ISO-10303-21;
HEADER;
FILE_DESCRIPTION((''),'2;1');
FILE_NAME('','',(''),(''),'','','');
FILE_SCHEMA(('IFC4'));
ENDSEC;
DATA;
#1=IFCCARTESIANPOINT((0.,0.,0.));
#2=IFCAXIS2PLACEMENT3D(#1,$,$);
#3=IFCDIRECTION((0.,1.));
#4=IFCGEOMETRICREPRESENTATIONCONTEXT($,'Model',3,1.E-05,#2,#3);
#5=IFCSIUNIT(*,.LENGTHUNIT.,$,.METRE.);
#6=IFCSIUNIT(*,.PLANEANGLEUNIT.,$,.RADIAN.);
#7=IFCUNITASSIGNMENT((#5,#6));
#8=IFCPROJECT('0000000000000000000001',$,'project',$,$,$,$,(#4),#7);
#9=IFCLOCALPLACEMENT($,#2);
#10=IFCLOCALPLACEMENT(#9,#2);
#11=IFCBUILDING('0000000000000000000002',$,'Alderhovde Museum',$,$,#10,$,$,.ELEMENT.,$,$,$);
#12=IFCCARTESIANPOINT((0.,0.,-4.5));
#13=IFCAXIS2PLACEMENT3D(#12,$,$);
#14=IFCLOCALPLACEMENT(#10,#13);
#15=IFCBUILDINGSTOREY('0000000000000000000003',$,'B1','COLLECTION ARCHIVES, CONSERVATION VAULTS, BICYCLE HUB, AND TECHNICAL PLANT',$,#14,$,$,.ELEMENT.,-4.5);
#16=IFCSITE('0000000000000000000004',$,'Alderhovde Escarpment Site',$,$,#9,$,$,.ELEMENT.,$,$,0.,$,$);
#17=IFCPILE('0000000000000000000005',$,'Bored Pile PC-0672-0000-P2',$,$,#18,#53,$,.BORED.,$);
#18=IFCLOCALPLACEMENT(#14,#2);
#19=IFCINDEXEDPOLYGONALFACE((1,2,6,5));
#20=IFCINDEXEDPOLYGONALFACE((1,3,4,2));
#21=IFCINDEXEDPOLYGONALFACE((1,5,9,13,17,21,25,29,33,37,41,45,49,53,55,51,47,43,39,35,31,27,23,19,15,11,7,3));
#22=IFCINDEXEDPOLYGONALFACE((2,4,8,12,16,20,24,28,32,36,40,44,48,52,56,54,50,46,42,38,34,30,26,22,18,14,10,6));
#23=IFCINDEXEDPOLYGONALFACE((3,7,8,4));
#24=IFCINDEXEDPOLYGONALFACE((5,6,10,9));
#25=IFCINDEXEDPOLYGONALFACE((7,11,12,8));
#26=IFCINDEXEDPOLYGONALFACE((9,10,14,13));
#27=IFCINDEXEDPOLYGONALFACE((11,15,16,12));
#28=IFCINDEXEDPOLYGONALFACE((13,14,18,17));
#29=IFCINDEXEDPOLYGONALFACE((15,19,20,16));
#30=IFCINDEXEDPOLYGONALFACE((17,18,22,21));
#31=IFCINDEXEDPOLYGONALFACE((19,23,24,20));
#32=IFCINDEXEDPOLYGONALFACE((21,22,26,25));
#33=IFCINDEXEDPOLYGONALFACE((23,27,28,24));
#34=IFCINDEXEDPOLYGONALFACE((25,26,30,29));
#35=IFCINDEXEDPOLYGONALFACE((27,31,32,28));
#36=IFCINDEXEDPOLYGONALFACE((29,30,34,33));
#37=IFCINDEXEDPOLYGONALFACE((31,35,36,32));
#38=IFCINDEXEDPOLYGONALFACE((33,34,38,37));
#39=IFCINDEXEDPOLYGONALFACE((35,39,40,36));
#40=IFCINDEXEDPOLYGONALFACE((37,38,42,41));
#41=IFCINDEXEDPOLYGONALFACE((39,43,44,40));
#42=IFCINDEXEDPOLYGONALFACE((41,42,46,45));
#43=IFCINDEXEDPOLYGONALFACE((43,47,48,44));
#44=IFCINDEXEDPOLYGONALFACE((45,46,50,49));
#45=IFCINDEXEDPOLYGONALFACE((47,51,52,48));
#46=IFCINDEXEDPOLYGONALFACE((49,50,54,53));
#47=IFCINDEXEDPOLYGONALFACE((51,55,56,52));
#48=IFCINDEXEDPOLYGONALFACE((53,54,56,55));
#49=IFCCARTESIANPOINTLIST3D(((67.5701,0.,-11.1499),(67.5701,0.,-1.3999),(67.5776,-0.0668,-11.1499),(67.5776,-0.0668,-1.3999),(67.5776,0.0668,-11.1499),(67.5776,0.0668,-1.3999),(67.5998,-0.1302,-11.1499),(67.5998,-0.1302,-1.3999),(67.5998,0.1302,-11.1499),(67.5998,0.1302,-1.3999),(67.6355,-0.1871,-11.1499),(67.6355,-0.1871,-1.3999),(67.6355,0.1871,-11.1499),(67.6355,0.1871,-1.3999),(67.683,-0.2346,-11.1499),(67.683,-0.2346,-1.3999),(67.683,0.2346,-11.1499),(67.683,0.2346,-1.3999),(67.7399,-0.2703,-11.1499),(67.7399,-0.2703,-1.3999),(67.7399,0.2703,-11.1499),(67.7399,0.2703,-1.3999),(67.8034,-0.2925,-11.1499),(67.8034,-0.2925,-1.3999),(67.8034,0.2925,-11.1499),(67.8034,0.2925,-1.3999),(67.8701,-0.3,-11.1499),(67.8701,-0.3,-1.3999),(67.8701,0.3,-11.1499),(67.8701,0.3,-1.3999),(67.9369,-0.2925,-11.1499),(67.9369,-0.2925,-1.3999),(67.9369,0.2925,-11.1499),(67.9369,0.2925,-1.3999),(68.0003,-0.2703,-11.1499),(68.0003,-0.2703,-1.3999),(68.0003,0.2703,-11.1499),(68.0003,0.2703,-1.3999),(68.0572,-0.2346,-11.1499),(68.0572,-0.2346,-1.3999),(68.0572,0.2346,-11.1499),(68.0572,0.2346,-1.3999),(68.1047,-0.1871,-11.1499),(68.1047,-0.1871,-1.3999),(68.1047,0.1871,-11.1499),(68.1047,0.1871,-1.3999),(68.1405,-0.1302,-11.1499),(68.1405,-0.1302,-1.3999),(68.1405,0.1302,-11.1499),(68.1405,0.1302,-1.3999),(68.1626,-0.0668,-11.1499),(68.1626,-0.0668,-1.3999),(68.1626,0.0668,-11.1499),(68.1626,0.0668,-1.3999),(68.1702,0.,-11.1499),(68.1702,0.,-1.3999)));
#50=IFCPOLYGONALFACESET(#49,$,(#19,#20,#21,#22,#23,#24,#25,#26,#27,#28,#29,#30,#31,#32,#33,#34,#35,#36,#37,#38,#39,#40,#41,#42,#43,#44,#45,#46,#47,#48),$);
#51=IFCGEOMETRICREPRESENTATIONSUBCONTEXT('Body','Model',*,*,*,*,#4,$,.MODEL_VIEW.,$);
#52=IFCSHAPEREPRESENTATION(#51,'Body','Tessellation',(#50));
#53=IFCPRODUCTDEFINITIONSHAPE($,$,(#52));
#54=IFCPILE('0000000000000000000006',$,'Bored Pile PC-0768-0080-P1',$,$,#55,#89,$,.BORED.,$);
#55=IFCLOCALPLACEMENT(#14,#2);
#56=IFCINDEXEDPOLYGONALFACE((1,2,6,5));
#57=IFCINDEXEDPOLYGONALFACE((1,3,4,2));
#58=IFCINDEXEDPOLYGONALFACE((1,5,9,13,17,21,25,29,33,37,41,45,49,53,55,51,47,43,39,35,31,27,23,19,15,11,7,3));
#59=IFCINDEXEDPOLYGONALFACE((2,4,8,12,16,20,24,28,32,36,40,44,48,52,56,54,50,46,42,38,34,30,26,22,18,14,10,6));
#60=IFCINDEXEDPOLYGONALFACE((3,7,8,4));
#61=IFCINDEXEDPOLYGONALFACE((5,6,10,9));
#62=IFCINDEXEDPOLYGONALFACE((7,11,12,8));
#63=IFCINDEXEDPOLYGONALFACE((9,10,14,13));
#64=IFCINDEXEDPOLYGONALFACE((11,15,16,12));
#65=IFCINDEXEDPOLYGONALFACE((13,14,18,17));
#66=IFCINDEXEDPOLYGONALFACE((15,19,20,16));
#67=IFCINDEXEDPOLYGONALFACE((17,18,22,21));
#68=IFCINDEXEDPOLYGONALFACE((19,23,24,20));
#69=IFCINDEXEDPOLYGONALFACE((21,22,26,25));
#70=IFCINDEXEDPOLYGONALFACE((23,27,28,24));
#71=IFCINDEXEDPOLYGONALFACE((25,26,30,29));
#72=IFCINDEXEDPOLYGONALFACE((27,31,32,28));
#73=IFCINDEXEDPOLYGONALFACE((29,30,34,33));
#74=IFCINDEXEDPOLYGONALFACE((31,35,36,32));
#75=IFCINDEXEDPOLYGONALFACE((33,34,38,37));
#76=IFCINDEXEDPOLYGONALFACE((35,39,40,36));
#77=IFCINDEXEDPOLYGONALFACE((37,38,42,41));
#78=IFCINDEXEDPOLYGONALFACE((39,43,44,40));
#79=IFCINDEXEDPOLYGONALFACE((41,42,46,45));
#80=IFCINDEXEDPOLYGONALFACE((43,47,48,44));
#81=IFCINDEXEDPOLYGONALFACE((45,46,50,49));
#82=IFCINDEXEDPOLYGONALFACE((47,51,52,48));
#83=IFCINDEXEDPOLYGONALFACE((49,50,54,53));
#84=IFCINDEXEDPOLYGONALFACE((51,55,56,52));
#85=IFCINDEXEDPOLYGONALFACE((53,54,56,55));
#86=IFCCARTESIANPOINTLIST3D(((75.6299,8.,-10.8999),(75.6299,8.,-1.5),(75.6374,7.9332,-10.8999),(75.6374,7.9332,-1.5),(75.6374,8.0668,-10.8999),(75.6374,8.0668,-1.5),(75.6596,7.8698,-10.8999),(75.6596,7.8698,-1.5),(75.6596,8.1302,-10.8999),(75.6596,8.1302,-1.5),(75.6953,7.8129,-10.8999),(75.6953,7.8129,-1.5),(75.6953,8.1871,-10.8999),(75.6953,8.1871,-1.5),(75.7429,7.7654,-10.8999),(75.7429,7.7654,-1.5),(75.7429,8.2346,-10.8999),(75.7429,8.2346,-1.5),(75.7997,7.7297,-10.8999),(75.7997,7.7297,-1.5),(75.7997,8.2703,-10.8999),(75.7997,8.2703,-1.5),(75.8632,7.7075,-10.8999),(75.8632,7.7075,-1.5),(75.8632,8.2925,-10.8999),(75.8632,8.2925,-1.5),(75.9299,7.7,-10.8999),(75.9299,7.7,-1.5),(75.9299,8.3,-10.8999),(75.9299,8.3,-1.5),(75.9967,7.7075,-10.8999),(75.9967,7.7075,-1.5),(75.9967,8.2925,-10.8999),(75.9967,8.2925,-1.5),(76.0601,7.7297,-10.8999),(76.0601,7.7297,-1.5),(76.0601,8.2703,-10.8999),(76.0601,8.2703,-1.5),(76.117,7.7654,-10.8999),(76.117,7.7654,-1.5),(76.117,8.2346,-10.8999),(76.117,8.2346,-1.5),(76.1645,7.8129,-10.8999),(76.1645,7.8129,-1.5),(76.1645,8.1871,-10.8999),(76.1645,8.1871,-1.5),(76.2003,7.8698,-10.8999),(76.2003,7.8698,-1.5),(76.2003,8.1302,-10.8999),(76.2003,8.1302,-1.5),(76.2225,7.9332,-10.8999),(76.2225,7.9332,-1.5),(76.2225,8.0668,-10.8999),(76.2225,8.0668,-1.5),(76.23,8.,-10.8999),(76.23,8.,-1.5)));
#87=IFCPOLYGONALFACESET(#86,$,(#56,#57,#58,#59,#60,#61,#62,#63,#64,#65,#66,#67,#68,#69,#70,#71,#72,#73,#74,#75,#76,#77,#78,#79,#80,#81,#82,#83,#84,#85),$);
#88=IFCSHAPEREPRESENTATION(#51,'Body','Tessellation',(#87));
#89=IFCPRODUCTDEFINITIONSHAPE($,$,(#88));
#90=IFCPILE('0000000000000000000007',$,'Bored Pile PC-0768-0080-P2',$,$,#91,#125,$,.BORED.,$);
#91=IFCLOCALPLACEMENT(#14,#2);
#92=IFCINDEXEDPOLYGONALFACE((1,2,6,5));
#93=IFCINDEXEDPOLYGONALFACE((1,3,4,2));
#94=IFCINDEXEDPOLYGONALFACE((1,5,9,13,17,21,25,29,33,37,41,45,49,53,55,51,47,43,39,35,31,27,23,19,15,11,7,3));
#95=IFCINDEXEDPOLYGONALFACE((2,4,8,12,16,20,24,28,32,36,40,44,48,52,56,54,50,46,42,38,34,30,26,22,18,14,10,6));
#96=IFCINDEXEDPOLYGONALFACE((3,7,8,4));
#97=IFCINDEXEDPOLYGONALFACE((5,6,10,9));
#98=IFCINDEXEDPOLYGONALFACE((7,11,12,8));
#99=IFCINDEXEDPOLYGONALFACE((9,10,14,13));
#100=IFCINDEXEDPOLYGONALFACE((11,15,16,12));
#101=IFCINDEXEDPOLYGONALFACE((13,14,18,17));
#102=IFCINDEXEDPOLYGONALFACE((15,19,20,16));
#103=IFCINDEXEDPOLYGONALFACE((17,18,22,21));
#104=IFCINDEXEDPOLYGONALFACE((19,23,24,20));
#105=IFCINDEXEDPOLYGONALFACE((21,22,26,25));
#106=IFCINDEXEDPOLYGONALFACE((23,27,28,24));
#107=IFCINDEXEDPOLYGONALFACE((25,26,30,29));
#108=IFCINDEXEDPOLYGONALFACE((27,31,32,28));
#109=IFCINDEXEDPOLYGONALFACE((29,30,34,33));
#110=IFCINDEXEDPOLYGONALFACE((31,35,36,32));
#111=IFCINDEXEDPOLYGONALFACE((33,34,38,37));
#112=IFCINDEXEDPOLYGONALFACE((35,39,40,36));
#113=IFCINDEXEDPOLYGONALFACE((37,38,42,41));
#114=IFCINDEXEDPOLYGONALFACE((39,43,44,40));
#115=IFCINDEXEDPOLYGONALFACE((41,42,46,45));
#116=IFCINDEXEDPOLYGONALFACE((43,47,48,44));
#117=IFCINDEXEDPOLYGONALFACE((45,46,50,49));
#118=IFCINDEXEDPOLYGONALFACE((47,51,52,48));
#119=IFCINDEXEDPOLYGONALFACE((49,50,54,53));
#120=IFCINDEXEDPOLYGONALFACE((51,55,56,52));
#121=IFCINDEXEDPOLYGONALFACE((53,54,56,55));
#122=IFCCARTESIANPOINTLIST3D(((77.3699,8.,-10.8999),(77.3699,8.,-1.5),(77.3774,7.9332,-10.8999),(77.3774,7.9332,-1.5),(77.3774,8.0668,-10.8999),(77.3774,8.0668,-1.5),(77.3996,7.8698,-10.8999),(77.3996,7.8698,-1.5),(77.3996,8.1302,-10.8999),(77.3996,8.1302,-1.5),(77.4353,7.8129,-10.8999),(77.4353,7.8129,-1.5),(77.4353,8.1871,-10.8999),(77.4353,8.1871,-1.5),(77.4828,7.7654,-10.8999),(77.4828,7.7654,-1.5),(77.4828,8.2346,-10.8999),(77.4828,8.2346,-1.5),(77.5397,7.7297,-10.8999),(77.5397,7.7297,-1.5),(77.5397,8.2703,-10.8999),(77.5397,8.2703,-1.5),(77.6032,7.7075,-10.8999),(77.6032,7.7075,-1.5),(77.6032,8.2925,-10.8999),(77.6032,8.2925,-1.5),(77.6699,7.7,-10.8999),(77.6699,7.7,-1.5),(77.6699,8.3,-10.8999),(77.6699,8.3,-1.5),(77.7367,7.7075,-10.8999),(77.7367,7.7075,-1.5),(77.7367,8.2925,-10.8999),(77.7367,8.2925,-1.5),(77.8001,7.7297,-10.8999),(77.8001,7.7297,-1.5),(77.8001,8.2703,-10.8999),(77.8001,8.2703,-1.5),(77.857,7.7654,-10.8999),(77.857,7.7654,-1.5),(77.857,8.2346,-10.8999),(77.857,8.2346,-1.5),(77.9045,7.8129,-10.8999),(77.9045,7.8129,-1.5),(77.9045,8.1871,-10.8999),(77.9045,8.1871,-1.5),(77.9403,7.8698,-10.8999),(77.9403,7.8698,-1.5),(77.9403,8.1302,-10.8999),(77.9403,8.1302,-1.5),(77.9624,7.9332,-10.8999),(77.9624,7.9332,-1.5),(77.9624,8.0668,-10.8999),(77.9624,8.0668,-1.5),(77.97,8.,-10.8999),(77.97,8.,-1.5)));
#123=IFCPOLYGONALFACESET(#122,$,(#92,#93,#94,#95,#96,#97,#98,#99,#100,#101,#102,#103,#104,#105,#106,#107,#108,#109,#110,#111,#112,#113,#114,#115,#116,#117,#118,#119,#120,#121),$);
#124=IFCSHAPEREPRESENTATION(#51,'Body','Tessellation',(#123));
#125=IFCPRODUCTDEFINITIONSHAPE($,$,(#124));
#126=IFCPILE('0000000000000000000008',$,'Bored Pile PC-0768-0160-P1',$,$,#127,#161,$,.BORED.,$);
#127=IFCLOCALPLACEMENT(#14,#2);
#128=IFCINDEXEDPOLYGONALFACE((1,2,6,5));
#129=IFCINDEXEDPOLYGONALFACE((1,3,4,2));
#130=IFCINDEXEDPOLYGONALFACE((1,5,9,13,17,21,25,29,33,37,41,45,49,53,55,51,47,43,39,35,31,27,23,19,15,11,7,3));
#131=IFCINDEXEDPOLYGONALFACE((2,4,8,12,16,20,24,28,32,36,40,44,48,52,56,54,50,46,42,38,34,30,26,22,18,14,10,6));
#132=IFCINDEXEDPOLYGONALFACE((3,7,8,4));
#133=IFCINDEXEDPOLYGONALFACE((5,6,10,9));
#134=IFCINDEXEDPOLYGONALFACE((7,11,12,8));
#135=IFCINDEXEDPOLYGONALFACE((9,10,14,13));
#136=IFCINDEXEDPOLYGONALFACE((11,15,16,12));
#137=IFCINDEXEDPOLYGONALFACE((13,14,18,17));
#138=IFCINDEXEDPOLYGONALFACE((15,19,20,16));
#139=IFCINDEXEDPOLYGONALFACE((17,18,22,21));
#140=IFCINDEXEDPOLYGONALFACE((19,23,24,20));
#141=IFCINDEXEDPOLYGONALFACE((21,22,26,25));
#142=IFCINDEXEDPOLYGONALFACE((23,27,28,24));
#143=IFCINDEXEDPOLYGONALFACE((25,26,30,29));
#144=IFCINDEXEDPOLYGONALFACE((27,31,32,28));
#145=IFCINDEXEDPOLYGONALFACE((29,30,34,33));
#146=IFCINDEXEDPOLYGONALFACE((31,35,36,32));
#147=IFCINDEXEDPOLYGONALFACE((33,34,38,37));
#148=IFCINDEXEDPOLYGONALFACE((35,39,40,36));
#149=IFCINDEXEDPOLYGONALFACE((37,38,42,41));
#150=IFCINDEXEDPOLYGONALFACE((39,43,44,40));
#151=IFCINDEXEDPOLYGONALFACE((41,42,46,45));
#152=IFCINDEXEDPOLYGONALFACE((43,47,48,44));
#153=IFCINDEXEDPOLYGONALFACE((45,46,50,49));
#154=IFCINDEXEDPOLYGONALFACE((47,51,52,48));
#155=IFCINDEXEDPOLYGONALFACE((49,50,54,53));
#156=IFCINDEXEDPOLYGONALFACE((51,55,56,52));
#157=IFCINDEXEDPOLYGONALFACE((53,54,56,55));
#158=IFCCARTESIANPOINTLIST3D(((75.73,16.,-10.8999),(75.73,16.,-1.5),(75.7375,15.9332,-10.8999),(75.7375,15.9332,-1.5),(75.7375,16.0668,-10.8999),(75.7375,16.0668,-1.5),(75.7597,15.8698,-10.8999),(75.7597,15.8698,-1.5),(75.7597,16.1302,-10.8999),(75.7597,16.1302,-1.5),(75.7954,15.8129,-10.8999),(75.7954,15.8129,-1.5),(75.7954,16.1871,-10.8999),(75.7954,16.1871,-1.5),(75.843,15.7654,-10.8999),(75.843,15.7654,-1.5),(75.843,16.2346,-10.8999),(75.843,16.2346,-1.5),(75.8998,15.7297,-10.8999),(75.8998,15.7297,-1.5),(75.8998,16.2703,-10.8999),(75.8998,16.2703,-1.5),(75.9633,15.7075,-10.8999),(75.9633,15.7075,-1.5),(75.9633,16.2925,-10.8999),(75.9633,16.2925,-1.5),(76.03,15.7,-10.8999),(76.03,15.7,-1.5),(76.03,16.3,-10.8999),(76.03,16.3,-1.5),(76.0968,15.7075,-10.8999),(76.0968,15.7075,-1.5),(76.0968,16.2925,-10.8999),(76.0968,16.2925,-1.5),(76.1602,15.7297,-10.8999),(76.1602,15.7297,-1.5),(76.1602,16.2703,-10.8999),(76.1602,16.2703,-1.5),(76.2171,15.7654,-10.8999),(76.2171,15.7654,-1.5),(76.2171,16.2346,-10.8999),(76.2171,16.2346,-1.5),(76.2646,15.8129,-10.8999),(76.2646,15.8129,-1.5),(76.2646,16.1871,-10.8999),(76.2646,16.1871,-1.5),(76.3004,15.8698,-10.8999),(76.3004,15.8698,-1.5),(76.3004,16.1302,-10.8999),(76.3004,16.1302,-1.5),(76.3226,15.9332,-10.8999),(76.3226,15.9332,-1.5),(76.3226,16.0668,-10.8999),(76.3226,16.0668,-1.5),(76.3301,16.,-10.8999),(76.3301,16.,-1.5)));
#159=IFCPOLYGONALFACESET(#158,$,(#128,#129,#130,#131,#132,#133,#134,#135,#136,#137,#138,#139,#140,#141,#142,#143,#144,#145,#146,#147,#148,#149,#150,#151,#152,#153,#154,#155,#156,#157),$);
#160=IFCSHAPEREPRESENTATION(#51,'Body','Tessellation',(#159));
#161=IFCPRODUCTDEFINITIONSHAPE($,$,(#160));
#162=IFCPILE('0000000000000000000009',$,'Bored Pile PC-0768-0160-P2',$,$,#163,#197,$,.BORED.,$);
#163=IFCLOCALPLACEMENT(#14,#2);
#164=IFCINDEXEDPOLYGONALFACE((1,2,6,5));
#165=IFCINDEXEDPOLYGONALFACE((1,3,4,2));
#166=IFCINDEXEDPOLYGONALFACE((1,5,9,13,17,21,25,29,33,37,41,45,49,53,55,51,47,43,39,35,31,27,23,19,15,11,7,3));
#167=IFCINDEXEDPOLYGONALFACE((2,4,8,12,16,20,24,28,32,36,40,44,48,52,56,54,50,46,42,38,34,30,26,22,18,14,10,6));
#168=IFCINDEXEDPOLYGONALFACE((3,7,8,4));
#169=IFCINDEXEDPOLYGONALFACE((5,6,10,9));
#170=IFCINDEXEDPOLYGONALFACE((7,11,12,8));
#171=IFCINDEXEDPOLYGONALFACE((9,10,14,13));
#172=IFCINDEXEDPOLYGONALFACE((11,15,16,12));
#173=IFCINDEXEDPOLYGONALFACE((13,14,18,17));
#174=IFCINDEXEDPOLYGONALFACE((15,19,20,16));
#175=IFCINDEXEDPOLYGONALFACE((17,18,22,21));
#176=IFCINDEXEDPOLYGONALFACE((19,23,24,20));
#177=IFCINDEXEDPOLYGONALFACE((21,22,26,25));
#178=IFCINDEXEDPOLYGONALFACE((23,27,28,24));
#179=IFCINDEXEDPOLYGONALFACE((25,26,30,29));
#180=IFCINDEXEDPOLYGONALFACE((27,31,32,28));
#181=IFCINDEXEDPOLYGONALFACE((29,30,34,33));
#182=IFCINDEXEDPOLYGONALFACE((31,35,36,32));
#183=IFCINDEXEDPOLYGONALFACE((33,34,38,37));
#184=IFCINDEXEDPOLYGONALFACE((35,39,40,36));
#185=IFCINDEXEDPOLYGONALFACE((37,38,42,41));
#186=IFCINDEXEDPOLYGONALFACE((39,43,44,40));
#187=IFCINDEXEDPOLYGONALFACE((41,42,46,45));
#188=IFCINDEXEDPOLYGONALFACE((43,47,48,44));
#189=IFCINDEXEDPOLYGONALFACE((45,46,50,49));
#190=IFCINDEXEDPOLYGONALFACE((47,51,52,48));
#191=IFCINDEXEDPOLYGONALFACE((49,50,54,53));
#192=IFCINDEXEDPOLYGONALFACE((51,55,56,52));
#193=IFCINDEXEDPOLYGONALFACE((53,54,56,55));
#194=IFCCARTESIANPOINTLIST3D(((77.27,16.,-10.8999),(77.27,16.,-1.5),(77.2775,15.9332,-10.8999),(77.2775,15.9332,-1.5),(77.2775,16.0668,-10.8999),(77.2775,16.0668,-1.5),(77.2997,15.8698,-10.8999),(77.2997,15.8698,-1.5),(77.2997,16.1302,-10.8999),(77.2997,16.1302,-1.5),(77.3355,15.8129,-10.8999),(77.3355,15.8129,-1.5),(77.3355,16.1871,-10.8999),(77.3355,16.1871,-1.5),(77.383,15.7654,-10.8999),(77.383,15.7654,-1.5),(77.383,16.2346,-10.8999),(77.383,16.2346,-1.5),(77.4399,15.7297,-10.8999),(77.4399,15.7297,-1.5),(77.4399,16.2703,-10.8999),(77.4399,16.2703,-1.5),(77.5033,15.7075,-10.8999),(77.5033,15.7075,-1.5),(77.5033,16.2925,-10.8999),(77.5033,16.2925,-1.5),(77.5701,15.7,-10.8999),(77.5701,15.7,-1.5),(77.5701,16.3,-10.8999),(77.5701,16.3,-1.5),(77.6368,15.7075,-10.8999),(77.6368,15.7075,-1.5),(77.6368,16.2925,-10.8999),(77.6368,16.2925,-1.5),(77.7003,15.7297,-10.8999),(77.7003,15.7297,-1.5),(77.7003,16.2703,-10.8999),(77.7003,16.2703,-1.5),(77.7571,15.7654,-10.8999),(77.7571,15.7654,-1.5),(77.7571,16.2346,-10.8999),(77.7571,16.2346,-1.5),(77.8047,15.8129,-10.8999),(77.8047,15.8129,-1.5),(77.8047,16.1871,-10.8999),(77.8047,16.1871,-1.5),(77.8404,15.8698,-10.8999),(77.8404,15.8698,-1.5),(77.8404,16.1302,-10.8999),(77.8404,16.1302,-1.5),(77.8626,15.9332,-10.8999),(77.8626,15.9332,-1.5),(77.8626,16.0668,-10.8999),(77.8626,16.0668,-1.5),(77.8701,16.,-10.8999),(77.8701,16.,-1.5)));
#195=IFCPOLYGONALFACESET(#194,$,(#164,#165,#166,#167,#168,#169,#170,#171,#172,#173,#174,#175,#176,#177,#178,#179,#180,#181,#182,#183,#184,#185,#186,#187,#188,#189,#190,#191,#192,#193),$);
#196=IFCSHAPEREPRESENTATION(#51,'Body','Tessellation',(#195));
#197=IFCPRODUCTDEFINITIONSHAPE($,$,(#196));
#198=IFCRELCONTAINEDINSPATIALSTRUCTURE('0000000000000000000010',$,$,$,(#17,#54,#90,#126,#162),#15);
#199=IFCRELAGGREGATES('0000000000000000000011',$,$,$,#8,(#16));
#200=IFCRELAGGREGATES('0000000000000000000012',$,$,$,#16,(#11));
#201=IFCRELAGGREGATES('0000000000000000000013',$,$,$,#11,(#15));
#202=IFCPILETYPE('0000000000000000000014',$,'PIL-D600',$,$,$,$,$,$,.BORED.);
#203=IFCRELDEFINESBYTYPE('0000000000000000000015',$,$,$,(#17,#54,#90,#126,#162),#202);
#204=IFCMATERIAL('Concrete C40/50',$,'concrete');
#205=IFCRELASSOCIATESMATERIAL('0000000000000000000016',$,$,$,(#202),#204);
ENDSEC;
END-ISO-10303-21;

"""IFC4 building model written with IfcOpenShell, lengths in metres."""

from ifc_helpers import new_model, si_unit, direction, frame, origin, origin_2d, place, context, subcontext, project, spatial, circle, extrude, material, material_profile, profile_set, type_object, element, save


model = new_model("IFC4")

# Units and contexts
model_context = context("Model", 3, precision=1e-05, world=origin(), true_north=direction((0.0, 1.0)))
body_context = subcontext(model_context, "Body", "Model", "MODEL_VIEW")
ifc_project = project(units=[si_unit("LENGTHUNIT", "METRE"), si_unit("PLANEANGLEUNIT", "RADIAN")], contexts=[model_context])

# Site, building, storey
site_placement = place(None, origin())
site = spatial("IfcSite", under=ifc_project, at=site_placement, Name="Alderhovde Escarpment Site", CompositionType="ELEMENT", RefElevation=0.0)
building_placement = place(site_placement, origin())
building = spatial("IfcBuilding", under=site, at=building_placement, Name="Alderhovde Museum", CompositionType="ELEMENT")
storey_placement = place(building_placement, frame((0.0, 0.0, -4.5)))
storey = spatial("IfcBuildingStorey", under=building, at=storey_placement, Name="B1", Description="COLLECTION ARCHIVES, CONSERVATION VAULTS, BICYCLE HUB, AND TECHNICAL PLANT", CompositionType="ELEMENT", Elevation=-4.5)

# Piles
ifc_material_1 = material(Name="Concrete C40/50", Category="concrete")
ifc_material_profile_1 = material_profile(ifc_material_1, circle(Radius=0.3, at=origin_2d()), Name="PILE-D600")
ifc_profile_set_1 = profile_set([ifc_material_profile_1], Name="Concrete C40/50")
pile_type_1 = type_object("IfcPileType", Name="PIL-D600", PredefinedType="BORED", material=ifc_profile_set_1)
for number, where, z_axis, x_axis, name in (
    (1, (67.8701, 0.0, -1.3999), (0.0, 0.0, -1.0), (1.0, 0.0, 0.0), "Bored Pile PC-0672-0000-P2"),
):
    element("IfcPile", number, at=place(storey_placement, frame(where, z_axis=z_axis, x_axis=x_axis)), inside=storey, type_object=pile_type_1, Name=name, PredefinedType="BORED", context=body_context, shape_type="SweptSolid", body=[
        extrude(circle(Radius=0.3, at=origin_2d()), origin(), (0.0, 0.0, 1.0), 9.75),
    ])
for number, where, z_axis, x_axis, name in (
    (2, (75.9299, 8.0, -1.5), (0.0, 0.0, -1.0), (1.0, 0.0, 0.0), "Bored Pile PC-0768-0080-P1"),
    (3, (77.6699, 8.0, -1.5), (0.0, 0.0, -1.0), (1.0, 0.0, 0.0), "Bored Pile PC-0768-0080-P2"),
    (4, (76.03, 16.0, -1.5), (0.0, 0.0, -1.0), (1.0, 0.0, 0.0), "Bored Pile PC-0768-0160-P1"),
    (5, (77.5701, 16.0, -1.5), (0.0, 0.0, -1.0), (1.0, 0.0, 0.0), "Bored Pile PC-0768-0160-P2"),
):
    element("IfcPile", number, at=place(storey_placement, frame(where, z_axis=z_axis, x_axis=x_axis)), inside=storey, type_object=pile_type_1, Name=name, PredefinedType="BORED", context=body_context, shape_type="SweptSolid", body=[
        extrude(circle(Radius=0.3, at=origin_2d()), origin(), (0.0, 0.0, 1.0), 9.3999),
    ])

save(model, "model.ifc")
